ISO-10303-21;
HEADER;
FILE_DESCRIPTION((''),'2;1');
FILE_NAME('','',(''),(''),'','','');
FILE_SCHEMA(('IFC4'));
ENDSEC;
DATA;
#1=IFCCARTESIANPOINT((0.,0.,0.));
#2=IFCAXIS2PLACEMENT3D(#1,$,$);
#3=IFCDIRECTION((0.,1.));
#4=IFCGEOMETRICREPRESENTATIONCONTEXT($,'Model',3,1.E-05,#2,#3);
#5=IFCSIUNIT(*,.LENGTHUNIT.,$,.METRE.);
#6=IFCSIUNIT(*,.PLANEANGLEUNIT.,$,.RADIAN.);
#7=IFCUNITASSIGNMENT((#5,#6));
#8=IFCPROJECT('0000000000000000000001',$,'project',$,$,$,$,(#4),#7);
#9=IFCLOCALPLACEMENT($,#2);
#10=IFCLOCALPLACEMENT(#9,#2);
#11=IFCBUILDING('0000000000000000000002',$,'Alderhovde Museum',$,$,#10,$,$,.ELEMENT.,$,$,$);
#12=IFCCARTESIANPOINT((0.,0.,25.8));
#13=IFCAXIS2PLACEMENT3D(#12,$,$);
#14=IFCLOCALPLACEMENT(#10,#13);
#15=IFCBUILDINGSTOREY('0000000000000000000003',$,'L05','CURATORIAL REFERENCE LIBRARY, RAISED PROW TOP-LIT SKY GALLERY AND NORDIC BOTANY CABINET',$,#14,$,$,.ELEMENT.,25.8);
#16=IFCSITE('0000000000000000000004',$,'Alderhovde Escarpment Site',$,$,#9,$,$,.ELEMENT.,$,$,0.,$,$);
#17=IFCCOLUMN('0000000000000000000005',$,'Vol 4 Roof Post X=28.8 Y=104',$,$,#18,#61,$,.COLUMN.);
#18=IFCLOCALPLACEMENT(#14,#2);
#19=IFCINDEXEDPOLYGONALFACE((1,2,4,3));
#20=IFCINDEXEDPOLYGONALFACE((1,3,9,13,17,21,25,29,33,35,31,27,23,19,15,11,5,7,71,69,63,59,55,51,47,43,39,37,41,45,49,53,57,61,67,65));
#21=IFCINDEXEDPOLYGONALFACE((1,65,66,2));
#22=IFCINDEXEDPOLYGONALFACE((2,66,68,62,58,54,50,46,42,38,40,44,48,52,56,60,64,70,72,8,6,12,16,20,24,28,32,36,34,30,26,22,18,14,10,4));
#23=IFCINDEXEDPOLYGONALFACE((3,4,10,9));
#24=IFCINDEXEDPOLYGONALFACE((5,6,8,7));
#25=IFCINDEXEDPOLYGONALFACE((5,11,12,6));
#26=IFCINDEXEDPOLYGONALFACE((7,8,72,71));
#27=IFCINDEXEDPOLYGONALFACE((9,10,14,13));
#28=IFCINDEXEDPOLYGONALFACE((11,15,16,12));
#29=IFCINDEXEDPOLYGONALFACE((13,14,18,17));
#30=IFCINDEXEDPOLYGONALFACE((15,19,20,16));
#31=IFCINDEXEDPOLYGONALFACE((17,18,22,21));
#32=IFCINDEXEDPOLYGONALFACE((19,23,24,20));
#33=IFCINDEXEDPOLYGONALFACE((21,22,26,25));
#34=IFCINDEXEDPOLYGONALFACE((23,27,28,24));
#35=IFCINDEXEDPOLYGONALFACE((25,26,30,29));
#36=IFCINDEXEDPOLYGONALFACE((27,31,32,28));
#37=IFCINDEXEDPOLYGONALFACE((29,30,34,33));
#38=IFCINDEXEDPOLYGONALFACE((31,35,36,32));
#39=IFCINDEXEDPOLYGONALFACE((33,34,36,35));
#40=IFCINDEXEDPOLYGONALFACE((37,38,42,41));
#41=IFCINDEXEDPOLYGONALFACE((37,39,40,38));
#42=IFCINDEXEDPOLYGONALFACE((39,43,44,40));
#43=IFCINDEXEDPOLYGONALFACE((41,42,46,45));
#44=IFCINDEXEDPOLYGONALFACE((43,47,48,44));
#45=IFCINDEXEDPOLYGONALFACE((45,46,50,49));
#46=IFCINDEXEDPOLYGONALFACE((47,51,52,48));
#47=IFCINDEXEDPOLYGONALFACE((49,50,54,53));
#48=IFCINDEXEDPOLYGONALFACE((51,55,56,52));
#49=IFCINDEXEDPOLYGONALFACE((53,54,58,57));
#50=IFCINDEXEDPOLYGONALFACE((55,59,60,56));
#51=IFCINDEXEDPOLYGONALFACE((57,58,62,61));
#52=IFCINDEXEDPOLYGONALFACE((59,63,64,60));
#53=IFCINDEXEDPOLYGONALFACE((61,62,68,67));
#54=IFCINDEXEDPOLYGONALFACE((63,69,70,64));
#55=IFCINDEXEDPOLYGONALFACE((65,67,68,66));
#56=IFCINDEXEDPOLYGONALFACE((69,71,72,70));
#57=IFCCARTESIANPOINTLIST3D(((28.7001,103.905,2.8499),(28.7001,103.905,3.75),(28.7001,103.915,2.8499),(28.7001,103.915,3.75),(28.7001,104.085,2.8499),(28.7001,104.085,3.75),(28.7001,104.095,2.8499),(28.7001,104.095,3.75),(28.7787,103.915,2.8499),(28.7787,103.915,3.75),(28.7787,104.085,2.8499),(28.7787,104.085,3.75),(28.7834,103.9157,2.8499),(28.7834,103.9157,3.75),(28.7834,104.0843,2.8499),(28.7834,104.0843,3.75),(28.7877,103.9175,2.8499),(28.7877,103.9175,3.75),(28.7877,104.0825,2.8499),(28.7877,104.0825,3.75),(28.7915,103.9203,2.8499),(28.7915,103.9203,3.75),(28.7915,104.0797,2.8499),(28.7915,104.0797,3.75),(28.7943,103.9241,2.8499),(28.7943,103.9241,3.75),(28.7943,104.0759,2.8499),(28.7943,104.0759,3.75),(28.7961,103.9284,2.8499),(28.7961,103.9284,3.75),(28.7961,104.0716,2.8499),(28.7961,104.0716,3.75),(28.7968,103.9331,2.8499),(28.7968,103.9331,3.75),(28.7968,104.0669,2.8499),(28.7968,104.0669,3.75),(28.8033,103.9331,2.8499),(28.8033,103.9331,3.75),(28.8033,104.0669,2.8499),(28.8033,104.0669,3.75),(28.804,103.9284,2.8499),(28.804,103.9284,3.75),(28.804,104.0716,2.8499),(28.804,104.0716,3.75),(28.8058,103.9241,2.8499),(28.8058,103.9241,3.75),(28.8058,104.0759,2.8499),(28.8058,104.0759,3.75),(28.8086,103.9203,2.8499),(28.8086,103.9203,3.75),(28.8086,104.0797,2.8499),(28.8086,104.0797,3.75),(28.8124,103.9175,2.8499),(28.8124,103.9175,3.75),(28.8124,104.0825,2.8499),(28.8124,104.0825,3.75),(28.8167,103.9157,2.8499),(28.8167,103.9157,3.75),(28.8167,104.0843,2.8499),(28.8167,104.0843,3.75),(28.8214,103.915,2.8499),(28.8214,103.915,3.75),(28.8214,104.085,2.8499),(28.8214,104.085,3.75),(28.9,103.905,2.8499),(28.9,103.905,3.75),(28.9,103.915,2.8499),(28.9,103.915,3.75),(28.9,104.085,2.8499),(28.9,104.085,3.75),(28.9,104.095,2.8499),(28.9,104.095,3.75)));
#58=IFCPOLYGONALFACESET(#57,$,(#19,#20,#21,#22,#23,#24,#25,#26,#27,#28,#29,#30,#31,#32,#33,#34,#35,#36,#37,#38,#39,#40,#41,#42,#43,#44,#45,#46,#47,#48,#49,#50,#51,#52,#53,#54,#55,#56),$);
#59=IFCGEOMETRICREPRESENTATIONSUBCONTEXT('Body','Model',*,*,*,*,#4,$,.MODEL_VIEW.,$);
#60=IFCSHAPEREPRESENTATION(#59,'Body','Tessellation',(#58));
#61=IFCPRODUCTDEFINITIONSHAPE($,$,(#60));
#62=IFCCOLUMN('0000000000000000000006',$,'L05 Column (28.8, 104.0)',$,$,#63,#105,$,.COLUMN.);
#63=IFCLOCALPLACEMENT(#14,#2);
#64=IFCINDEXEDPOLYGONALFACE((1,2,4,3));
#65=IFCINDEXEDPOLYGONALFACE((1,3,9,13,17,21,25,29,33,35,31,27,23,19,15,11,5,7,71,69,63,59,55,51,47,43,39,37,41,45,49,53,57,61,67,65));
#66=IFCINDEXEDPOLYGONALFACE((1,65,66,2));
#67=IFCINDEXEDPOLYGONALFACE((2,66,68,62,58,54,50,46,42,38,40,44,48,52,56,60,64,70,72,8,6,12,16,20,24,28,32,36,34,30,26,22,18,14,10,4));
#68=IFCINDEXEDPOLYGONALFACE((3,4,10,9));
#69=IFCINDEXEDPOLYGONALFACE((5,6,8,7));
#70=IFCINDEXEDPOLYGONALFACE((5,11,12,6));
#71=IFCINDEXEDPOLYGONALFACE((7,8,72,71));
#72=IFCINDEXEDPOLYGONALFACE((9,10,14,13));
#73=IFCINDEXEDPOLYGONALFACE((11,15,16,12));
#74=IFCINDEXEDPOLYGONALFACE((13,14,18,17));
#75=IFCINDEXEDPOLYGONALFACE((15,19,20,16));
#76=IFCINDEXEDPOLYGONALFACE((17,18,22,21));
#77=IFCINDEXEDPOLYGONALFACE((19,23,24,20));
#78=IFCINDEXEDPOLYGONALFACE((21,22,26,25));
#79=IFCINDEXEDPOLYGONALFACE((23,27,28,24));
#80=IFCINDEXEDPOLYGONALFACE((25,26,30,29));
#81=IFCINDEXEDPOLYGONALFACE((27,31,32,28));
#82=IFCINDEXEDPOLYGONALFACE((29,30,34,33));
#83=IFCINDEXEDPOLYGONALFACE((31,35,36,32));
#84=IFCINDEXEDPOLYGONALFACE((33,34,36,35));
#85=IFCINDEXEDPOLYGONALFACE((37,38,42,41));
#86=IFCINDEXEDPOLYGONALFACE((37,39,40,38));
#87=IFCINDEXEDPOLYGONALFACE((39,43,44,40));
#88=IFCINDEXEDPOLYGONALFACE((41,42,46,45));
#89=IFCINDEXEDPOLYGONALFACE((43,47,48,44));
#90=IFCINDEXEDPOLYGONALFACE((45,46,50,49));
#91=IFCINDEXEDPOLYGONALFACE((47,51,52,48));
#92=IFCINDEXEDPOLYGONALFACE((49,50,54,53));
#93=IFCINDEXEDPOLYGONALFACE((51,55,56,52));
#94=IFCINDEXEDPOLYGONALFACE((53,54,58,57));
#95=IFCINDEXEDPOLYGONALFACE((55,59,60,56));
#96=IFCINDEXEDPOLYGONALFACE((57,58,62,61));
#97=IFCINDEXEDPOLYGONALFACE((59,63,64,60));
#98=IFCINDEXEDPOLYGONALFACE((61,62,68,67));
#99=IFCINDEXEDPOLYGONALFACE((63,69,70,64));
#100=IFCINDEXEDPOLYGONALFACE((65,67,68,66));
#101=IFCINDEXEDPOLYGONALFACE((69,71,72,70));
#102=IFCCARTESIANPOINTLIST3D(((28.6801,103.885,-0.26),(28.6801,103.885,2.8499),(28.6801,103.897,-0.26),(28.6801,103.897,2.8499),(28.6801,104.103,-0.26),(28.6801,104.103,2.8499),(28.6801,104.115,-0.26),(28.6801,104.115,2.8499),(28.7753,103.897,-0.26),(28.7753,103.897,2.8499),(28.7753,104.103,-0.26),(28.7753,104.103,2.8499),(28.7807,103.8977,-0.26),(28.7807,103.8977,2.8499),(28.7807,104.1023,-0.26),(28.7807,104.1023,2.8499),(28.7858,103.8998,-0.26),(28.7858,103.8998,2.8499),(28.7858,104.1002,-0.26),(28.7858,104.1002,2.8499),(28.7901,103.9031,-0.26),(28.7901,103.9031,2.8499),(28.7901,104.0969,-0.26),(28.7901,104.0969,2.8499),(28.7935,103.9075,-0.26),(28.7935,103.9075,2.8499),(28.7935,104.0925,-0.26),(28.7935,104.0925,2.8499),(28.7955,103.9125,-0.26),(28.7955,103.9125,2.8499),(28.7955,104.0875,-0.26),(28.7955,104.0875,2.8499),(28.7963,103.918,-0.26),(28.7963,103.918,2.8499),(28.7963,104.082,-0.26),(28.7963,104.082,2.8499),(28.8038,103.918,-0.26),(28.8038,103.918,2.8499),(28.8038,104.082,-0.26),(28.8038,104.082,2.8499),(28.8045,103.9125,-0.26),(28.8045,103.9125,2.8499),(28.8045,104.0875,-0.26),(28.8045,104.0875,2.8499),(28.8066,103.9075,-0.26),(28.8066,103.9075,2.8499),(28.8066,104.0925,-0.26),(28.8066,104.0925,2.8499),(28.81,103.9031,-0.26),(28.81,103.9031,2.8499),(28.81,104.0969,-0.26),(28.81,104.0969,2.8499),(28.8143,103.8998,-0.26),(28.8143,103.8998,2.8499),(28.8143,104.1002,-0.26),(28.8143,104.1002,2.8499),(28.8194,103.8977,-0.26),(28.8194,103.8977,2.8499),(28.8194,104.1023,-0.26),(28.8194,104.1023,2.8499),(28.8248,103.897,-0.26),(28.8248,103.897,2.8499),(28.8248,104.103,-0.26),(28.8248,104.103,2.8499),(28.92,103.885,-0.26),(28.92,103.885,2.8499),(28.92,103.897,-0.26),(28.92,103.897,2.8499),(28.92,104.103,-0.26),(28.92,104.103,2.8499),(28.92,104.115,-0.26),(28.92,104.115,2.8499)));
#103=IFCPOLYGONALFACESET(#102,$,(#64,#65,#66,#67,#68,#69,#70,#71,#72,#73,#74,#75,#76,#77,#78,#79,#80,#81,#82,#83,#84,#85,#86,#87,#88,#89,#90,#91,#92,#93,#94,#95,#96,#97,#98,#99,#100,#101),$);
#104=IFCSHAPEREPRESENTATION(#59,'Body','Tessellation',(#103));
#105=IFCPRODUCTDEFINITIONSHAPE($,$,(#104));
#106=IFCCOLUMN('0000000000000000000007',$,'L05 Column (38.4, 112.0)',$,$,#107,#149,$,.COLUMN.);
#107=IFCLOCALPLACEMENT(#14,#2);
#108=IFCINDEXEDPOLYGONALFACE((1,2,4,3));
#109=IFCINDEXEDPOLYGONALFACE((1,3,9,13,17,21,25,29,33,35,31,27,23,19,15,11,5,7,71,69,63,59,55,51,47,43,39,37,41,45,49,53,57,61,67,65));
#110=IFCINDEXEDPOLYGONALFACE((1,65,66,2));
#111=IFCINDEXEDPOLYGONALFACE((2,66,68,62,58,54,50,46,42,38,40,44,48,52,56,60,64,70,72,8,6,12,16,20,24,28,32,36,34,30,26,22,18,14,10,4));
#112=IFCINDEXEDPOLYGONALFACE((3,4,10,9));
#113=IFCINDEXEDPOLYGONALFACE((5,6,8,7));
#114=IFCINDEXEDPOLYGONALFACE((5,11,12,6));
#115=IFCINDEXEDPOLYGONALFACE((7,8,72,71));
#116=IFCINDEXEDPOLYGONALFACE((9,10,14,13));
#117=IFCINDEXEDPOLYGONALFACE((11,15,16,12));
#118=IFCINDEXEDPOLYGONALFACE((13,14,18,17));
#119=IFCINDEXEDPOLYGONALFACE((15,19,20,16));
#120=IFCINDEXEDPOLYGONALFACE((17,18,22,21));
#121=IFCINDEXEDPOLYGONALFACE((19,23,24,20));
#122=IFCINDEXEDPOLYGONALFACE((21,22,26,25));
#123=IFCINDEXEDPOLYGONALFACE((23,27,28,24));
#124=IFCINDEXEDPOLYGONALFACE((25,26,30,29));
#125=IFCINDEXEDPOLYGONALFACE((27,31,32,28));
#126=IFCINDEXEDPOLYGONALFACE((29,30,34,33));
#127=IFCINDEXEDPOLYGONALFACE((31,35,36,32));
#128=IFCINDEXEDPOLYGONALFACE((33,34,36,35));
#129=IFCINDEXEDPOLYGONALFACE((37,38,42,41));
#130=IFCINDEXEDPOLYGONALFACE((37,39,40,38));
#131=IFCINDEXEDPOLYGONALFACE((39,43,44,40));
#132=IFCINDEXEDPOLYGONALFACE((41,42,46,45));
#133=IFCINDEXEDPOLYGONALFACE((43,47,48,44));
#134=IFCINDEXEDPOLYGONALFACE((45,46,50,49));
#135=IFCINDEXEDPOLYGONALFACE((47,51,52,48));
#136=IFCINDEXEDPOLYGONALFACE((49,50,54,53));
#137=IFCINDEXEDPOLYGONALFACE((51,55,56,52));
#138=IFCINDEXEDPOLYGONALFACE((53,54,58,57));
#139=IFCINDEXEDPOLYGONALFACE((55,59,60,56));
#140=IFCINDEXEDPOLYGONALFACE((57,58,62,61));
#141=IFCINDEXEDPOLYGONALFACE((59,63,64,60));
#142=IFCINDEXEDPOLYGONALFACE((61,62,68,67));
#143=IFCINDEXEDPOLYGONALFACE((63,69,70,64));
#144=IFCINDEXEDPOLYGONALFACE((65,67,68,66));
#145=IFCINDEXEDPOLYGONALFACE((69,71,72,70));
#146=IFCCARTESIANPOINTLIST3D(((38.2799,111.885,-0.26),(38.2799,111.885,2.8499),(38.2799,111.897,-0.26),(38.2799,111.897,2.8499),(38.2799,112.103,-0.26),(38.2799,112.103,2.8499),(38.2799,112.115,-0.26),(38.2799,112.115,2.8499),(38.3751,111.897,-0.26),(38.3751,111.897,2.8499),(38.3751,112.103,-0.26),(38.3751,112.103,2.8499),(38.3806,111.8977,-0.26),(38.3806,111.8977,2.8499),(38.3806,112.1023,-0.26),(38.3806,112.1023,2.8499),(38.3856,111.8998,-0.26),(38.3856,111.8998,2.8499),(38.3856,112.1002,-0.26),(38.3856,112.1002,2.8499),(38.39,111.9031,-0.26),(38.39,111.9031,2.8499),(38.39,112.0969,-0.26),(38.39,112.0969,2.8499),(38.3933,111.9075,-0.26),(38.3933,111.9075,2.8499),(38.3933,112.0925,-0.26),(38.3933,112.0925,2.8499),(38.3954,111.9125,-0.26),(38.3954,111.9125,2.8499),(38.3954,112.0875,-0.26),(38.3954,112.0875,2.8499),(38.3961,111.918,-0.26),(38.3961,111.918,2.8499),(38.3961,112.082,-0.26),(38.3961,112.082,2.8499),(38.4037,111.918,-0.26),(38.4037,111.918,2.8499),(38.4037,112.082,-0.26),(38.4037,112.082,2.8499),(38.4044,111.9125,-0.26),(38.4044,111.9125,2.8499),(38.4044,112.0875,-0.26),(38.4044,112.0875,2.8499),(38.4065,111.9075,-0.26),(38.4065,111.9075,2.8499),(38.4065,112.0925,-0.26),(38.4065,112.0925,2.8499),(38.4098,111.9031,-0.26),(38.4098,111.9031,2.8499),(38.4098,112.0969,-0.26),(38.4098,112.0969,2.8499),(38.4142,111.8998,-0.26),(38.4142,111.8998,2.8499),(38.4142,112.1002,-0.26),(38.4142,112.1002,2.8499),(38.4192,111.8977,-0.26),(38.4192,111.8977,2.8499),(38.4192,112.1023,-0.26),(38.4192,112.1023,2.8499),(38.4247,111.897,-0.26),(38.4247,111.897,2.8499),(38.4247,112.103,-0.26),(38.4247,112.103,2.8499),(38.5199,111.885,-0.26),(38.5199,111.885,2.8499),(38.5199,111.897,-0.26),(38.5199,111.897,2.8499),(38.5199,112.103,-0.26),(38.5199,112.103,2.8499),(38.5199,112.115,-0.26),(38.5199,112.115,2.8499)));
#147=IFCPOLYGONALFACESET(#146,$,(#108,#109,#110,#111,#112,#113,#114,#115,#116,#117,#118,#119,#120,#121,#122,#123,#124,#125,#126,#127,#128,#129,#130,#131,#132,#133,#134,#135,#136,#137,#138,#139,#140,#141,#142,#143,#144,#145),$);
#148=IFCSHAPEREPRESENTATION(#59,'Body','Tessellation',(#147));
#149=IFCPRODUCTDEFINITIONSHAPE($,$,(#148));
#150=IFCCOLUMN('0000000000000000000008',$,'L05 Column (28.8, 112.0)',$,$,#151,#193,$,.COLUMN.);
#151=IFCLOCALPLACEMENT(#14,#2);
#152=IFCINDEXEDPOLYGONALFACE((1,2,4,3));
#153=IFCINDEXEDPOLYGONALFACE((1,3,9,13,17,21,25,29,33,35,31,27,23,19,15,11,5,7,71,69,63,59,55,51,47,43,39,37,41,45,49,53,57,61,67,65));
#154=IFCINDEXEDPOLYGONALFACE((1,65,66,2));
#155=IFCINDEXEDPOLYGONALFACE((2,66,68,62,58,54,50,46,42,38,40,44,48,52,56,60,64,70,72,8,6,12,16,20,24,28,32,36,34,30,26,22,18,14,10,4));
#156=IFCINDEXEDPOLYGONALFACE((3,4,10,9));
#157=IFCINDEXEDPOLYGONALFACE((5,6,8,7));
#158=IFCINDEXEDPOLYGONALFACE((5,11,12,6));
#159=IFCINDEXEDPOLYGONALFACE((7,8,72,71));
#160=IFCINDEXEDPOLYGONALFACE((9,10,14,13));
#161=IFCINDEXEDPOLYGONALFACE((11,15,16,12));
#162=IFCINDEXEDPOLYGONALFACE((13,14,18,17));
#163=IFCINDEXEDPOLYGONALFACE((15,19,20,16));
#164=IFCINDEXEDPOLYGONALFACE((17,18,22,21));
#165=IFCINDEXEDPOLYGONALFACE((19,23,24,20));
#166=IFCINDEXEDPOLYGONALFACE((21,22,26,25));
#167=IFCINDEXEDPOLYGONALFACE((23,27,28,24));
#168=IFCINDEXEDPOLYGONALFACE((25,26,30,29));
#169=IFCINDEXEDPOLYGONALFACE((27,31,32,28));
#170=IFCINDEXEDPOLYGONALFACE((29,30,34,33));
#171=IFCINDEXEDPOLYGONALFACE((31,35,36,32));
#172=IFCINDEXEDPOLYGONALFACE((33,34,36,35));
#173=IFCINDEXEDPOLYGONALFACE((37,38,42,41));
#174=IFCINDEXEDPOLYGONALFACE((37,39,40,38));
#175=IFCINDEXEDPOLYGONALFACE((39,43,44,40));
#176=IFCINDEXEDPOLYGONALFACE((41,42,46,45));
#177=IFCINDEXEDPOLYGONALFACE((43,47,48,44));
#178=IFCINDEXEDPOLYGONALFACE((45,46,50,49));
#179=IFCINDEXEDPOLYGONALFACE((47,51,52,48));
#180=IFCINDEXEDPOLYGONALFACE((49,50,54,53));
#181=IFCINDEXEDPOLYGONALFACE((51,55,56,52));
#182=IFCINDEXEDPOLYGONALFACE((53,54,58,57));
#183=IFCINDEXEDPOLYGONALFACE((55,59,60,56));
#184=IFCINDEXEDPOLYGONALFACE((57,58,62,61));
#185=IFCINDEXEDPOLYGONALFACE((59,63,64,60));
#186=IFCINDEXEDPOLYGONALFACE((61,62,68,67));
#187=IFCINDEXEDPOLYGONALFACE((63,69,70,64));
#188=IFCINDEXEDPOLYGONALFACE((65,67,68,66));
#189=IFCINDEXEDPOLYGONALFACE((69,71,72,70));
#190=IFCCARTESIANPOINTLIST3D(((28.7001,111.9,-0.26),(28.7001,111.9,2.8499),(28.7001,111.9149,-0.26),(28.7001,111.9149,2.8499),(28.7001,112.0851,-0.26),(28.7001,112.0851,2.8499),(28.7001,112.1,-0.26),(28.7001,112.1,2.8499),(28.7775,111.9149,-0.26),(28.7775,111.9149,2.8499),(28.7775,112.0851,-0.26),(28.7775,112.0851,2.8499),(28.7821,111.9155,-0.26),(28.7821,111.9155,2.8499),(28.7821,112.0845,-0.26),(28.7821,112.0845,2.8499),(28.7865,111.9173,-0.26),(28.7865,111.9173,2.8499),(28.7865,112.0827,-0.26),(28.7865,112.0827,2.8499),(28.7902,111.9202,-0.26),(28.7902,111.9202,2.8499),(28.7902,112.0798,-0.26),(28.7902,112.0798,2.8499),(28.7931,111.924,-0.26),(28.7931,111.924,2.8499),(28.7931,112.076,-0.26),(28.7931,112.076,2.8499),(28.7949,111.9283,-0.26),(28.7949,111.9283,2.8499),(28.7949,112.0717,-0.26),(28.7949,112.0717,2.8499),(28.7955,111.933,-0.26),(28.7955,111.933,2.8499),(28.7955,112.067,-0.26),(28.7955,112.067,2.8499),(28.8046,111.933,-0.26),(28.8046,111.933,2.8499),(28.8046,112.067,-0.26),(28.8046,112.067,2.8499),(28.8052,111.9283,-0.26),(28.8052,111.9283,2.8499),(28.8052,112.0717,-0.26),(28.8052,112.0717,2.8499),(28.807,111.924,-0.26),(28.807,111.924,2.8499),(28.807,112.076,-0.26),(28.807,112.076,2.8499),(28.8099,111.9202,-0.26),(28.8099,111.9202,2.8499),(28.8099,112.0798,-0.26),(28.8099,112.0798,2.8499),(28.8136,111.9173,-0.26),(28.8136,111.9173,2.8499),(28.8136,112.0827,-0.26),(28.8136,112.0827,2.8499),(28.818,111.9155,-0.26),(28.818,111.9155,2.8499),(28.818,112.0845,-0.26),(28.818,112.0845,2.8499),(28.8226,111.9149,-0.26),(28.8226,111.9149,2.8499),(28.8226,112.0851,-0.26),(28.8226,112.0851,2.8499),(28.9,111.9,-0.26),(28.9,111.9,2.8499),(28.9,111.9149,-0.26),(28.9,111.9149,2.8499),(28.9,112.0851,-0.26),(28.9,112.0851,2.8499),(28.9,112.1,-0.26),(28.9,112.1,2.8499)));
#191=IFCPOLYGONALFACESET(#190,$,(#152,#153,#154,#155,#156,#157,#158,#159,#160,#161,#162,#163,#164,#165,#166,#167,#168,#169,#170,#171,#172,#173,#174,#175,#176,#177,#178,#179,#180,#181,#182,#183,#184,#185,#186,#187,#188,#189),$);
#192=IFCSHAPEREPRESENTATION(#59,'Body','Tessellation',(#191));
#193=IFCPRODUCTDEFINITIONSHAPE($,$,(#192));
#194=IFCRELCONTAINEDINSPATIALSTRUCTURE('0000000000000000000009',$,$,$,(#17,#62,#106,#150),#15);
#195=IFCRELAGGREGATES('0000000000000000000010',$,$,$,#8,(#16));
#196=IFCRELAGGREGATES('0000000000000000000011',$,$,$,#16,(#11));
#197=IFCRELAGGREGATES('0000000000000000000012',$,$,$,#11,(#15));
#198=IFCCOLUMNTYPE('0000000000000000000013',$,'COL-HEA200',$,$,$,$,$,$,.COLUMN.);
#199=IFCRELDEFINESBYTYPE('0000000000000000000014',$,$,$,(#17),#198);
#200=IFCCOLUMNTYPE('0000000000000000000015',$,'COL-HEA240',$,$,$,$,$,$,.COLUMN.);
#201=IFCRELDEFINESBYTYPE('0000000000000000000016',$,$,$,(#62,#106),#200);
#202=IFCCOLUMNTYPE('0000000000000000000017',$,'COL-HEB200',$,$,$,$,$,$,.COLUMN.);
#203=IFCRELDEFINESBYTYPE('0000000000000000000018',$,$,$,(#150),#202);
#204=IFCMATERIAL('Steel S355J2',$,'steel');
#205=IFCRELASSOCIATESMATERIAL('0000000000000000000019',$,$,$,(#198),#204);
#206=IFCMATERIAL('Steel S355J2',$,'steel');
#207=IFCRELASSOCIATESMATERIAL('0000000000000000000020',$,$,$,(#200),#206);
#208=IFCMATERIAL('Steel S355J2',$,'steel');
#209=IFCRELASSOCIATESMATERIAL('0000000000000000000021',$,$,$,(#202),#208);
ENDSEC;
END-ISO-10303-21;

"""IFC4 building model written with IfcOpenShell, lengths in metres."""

from ifc_helpers import new_model, si_unit, direction, frame, origin, origin_2d, place, context, subcontext, project, spatial, i_section, extrude, material, material_profile, profile_set, type_object, element, save


model = new_model("IFC4")

# Units and contexts
model_context = context("Model", 3, precision=1e-05, world=origin(), true_north=direction((0.0, 1.0)))
body_context = subcontext(model_context, "Body", "Model", "MODEL_VIEW")
ifc_project = project(units=[si_unit("LENGTHUNIT", "METRE"), si_unit("PLANEANGLEUNIT", "RADIAN")], contexts=[model_context])

# Site, building, storey
site_placement = place(None, origin())
site = spatial("IfcSite", under=ifc_project, at=site_placement, Name="Alderhovde Escarpment Site", CompositionType="ELEMENT", RefElevation=0.0)
building_placement = place(site_placement, origin())
building = spatial("IfcBuilding", under=site, at=building_placement, Name="Alderhovde Museum", CompositionType="ELEMENT")
storey_placement = place(building_placement, frame((0.0, 0.0, 25.8)))
storey = spatial("IfcBuildingStorey", under=building, at=storey_placement, Name="L05", Description="CURATORIAL REFERENCE LIBRARY, RAISED PROW TOP-LIT SKY GALLERY AND NORDIC BOTANY CABINET", CompositionType="ELEMENT", Elevation=25.8)

# Columns
ifc_material_1 = material(Name="Steel S355J2", Category="steel")
ifc_material_profile_1 = material_profile(ifc_material_1, i_section(OverallWidth=0.2, OverallDepth=0.1899, WebThickness=0.0066, FlangeThickness=0.01, FilletRadius=0.0181, at=origin_2d()), Name="HEA 200")
ifc_profile_set_1 = profile_set([ifc_material_profile_1], Name="Steel S355J2")
column_type_1 = type_object("IfcColumnType", Name="COL-HEA200", PredefinedType="COLUMN", material=ifc_profile_set_1)
column_placement = place(storey_placement, frame((28.8, 104.0, 2.8499), z_axis=(0.0, 0.0, 1.0), x_axis=(1.0, 0.0, 0.0)))
element("IfcColumn", 1, at=column_placement, inside=storey, type_object=column_type_1, Name="Vol 4 Roof Post X=28.8 Y=104", PredefinedType="COLUMN", context=body_context, shape_type="SweptSolid", body=[
    extrude(i_section(OverallWidth=0.2, OverallDepth=0.1899, WebThickness=0.0066, FlangeThickness=0.01, FilletRadius=0.0181, at=origin_2d()), origin(), (0.0, 0.0, 1.0), 0.9001),
])
ifc_material_2 = material(Name="Steel S355J2", Category="steel")
ifc_material_profile_2 = material_profile(ifc_material_2, i_section(OverallWidth=0.24, OverallDepth=0.23, WebThickness=0.0076, FlangeThickness=0.012, FilletRadius=0.021, at=origin_2d()), Name="HEA 240")
ifc_profile_set_2 = profile_set([ifc_material_profile_2], Name="Steel S355J2")
column_type_2 = type_object("IfcColumnType", Name="COL-HEA240", PredefinedType="COLUMN", material=ifc_profile_set_2)
for number, where, z_axis, x_axis, name in (
    (2, (28.8, 104.0, -0.26), (0.0, 0.0, 1.0), (1.0, 0.0, 0.0), "L05 Column (28.8, 104.0)"),
    (3, (38.3999, 112.0, -0.26), (0.0, 0.0, 1.0), (1.0, 0.0, 0.0), "L05 Column (38.4, 112.0)"),
):
    element("IfcColumn", number, at=place(storey_placement, frame(where, z_axis=z_axis, x_axis=x_axis)), inside=storey, type_object=column_type_2, Name=name, PredefinedType="COLUMN", context=body_context, shape_type="SweptSolid", body=[
        extrude(i_section(OverallWidth=0.24, OverallDepth=0.23, WebThickness=0.0076, FlangeThickness=0.012, FilletRadius=0.021, at=origin_2d()), origin(), (0.0, 0.0, 1.0), 3.1099),
    ])
ifc_material_3 = material(Name="Steel S355J2", Category="steel")
ifc_material_profile_3 = material_profile(ifc_material_3, i_section(OverallWidth=0.2, OverallDepth=0.2, WebThickness=0.009, FlangeThickness=0.0149, FilletRadius=0.0181, at=origin_2d()), Name="HEB 200")
ifc_profile_set_3 = profile_set([ifc_material_profile_3], Name="Steel S355J2")
column_type_3 = type_object("IfcColumnType", Name="COL-HEB200", PredefinedType="COLUMN", material=ifc_profile_set_3)
for number, where, z_axis, x_axis, name in (
    (4, (28.8, 112.0, -0.26), (0.0, 0.0, 1.0), (1.0, 0.0, 0.0), "L05 Column (28.8, 112.0)"),
):
    element("IfcColumn", number, at=place(storey_placement, frame(where, z_axis=z_axis, x_axis=x_axis)), inside=storey, type_object=column_type_3, Name=name, PredefinedType="COLUMN", context=body_context, shape_type="SweptSolid", body=[
        extrude(i_section(OverallWidth=0.2, OverallDepth=0.2, WebThickness=0.009, FlangeThickness=0.0149, FilletRadius=0.0181, at=origin_2d()), origin(), (0.0, 0.0, 1.0), 3.1099),
    ])

save(model, "model.ifc")
